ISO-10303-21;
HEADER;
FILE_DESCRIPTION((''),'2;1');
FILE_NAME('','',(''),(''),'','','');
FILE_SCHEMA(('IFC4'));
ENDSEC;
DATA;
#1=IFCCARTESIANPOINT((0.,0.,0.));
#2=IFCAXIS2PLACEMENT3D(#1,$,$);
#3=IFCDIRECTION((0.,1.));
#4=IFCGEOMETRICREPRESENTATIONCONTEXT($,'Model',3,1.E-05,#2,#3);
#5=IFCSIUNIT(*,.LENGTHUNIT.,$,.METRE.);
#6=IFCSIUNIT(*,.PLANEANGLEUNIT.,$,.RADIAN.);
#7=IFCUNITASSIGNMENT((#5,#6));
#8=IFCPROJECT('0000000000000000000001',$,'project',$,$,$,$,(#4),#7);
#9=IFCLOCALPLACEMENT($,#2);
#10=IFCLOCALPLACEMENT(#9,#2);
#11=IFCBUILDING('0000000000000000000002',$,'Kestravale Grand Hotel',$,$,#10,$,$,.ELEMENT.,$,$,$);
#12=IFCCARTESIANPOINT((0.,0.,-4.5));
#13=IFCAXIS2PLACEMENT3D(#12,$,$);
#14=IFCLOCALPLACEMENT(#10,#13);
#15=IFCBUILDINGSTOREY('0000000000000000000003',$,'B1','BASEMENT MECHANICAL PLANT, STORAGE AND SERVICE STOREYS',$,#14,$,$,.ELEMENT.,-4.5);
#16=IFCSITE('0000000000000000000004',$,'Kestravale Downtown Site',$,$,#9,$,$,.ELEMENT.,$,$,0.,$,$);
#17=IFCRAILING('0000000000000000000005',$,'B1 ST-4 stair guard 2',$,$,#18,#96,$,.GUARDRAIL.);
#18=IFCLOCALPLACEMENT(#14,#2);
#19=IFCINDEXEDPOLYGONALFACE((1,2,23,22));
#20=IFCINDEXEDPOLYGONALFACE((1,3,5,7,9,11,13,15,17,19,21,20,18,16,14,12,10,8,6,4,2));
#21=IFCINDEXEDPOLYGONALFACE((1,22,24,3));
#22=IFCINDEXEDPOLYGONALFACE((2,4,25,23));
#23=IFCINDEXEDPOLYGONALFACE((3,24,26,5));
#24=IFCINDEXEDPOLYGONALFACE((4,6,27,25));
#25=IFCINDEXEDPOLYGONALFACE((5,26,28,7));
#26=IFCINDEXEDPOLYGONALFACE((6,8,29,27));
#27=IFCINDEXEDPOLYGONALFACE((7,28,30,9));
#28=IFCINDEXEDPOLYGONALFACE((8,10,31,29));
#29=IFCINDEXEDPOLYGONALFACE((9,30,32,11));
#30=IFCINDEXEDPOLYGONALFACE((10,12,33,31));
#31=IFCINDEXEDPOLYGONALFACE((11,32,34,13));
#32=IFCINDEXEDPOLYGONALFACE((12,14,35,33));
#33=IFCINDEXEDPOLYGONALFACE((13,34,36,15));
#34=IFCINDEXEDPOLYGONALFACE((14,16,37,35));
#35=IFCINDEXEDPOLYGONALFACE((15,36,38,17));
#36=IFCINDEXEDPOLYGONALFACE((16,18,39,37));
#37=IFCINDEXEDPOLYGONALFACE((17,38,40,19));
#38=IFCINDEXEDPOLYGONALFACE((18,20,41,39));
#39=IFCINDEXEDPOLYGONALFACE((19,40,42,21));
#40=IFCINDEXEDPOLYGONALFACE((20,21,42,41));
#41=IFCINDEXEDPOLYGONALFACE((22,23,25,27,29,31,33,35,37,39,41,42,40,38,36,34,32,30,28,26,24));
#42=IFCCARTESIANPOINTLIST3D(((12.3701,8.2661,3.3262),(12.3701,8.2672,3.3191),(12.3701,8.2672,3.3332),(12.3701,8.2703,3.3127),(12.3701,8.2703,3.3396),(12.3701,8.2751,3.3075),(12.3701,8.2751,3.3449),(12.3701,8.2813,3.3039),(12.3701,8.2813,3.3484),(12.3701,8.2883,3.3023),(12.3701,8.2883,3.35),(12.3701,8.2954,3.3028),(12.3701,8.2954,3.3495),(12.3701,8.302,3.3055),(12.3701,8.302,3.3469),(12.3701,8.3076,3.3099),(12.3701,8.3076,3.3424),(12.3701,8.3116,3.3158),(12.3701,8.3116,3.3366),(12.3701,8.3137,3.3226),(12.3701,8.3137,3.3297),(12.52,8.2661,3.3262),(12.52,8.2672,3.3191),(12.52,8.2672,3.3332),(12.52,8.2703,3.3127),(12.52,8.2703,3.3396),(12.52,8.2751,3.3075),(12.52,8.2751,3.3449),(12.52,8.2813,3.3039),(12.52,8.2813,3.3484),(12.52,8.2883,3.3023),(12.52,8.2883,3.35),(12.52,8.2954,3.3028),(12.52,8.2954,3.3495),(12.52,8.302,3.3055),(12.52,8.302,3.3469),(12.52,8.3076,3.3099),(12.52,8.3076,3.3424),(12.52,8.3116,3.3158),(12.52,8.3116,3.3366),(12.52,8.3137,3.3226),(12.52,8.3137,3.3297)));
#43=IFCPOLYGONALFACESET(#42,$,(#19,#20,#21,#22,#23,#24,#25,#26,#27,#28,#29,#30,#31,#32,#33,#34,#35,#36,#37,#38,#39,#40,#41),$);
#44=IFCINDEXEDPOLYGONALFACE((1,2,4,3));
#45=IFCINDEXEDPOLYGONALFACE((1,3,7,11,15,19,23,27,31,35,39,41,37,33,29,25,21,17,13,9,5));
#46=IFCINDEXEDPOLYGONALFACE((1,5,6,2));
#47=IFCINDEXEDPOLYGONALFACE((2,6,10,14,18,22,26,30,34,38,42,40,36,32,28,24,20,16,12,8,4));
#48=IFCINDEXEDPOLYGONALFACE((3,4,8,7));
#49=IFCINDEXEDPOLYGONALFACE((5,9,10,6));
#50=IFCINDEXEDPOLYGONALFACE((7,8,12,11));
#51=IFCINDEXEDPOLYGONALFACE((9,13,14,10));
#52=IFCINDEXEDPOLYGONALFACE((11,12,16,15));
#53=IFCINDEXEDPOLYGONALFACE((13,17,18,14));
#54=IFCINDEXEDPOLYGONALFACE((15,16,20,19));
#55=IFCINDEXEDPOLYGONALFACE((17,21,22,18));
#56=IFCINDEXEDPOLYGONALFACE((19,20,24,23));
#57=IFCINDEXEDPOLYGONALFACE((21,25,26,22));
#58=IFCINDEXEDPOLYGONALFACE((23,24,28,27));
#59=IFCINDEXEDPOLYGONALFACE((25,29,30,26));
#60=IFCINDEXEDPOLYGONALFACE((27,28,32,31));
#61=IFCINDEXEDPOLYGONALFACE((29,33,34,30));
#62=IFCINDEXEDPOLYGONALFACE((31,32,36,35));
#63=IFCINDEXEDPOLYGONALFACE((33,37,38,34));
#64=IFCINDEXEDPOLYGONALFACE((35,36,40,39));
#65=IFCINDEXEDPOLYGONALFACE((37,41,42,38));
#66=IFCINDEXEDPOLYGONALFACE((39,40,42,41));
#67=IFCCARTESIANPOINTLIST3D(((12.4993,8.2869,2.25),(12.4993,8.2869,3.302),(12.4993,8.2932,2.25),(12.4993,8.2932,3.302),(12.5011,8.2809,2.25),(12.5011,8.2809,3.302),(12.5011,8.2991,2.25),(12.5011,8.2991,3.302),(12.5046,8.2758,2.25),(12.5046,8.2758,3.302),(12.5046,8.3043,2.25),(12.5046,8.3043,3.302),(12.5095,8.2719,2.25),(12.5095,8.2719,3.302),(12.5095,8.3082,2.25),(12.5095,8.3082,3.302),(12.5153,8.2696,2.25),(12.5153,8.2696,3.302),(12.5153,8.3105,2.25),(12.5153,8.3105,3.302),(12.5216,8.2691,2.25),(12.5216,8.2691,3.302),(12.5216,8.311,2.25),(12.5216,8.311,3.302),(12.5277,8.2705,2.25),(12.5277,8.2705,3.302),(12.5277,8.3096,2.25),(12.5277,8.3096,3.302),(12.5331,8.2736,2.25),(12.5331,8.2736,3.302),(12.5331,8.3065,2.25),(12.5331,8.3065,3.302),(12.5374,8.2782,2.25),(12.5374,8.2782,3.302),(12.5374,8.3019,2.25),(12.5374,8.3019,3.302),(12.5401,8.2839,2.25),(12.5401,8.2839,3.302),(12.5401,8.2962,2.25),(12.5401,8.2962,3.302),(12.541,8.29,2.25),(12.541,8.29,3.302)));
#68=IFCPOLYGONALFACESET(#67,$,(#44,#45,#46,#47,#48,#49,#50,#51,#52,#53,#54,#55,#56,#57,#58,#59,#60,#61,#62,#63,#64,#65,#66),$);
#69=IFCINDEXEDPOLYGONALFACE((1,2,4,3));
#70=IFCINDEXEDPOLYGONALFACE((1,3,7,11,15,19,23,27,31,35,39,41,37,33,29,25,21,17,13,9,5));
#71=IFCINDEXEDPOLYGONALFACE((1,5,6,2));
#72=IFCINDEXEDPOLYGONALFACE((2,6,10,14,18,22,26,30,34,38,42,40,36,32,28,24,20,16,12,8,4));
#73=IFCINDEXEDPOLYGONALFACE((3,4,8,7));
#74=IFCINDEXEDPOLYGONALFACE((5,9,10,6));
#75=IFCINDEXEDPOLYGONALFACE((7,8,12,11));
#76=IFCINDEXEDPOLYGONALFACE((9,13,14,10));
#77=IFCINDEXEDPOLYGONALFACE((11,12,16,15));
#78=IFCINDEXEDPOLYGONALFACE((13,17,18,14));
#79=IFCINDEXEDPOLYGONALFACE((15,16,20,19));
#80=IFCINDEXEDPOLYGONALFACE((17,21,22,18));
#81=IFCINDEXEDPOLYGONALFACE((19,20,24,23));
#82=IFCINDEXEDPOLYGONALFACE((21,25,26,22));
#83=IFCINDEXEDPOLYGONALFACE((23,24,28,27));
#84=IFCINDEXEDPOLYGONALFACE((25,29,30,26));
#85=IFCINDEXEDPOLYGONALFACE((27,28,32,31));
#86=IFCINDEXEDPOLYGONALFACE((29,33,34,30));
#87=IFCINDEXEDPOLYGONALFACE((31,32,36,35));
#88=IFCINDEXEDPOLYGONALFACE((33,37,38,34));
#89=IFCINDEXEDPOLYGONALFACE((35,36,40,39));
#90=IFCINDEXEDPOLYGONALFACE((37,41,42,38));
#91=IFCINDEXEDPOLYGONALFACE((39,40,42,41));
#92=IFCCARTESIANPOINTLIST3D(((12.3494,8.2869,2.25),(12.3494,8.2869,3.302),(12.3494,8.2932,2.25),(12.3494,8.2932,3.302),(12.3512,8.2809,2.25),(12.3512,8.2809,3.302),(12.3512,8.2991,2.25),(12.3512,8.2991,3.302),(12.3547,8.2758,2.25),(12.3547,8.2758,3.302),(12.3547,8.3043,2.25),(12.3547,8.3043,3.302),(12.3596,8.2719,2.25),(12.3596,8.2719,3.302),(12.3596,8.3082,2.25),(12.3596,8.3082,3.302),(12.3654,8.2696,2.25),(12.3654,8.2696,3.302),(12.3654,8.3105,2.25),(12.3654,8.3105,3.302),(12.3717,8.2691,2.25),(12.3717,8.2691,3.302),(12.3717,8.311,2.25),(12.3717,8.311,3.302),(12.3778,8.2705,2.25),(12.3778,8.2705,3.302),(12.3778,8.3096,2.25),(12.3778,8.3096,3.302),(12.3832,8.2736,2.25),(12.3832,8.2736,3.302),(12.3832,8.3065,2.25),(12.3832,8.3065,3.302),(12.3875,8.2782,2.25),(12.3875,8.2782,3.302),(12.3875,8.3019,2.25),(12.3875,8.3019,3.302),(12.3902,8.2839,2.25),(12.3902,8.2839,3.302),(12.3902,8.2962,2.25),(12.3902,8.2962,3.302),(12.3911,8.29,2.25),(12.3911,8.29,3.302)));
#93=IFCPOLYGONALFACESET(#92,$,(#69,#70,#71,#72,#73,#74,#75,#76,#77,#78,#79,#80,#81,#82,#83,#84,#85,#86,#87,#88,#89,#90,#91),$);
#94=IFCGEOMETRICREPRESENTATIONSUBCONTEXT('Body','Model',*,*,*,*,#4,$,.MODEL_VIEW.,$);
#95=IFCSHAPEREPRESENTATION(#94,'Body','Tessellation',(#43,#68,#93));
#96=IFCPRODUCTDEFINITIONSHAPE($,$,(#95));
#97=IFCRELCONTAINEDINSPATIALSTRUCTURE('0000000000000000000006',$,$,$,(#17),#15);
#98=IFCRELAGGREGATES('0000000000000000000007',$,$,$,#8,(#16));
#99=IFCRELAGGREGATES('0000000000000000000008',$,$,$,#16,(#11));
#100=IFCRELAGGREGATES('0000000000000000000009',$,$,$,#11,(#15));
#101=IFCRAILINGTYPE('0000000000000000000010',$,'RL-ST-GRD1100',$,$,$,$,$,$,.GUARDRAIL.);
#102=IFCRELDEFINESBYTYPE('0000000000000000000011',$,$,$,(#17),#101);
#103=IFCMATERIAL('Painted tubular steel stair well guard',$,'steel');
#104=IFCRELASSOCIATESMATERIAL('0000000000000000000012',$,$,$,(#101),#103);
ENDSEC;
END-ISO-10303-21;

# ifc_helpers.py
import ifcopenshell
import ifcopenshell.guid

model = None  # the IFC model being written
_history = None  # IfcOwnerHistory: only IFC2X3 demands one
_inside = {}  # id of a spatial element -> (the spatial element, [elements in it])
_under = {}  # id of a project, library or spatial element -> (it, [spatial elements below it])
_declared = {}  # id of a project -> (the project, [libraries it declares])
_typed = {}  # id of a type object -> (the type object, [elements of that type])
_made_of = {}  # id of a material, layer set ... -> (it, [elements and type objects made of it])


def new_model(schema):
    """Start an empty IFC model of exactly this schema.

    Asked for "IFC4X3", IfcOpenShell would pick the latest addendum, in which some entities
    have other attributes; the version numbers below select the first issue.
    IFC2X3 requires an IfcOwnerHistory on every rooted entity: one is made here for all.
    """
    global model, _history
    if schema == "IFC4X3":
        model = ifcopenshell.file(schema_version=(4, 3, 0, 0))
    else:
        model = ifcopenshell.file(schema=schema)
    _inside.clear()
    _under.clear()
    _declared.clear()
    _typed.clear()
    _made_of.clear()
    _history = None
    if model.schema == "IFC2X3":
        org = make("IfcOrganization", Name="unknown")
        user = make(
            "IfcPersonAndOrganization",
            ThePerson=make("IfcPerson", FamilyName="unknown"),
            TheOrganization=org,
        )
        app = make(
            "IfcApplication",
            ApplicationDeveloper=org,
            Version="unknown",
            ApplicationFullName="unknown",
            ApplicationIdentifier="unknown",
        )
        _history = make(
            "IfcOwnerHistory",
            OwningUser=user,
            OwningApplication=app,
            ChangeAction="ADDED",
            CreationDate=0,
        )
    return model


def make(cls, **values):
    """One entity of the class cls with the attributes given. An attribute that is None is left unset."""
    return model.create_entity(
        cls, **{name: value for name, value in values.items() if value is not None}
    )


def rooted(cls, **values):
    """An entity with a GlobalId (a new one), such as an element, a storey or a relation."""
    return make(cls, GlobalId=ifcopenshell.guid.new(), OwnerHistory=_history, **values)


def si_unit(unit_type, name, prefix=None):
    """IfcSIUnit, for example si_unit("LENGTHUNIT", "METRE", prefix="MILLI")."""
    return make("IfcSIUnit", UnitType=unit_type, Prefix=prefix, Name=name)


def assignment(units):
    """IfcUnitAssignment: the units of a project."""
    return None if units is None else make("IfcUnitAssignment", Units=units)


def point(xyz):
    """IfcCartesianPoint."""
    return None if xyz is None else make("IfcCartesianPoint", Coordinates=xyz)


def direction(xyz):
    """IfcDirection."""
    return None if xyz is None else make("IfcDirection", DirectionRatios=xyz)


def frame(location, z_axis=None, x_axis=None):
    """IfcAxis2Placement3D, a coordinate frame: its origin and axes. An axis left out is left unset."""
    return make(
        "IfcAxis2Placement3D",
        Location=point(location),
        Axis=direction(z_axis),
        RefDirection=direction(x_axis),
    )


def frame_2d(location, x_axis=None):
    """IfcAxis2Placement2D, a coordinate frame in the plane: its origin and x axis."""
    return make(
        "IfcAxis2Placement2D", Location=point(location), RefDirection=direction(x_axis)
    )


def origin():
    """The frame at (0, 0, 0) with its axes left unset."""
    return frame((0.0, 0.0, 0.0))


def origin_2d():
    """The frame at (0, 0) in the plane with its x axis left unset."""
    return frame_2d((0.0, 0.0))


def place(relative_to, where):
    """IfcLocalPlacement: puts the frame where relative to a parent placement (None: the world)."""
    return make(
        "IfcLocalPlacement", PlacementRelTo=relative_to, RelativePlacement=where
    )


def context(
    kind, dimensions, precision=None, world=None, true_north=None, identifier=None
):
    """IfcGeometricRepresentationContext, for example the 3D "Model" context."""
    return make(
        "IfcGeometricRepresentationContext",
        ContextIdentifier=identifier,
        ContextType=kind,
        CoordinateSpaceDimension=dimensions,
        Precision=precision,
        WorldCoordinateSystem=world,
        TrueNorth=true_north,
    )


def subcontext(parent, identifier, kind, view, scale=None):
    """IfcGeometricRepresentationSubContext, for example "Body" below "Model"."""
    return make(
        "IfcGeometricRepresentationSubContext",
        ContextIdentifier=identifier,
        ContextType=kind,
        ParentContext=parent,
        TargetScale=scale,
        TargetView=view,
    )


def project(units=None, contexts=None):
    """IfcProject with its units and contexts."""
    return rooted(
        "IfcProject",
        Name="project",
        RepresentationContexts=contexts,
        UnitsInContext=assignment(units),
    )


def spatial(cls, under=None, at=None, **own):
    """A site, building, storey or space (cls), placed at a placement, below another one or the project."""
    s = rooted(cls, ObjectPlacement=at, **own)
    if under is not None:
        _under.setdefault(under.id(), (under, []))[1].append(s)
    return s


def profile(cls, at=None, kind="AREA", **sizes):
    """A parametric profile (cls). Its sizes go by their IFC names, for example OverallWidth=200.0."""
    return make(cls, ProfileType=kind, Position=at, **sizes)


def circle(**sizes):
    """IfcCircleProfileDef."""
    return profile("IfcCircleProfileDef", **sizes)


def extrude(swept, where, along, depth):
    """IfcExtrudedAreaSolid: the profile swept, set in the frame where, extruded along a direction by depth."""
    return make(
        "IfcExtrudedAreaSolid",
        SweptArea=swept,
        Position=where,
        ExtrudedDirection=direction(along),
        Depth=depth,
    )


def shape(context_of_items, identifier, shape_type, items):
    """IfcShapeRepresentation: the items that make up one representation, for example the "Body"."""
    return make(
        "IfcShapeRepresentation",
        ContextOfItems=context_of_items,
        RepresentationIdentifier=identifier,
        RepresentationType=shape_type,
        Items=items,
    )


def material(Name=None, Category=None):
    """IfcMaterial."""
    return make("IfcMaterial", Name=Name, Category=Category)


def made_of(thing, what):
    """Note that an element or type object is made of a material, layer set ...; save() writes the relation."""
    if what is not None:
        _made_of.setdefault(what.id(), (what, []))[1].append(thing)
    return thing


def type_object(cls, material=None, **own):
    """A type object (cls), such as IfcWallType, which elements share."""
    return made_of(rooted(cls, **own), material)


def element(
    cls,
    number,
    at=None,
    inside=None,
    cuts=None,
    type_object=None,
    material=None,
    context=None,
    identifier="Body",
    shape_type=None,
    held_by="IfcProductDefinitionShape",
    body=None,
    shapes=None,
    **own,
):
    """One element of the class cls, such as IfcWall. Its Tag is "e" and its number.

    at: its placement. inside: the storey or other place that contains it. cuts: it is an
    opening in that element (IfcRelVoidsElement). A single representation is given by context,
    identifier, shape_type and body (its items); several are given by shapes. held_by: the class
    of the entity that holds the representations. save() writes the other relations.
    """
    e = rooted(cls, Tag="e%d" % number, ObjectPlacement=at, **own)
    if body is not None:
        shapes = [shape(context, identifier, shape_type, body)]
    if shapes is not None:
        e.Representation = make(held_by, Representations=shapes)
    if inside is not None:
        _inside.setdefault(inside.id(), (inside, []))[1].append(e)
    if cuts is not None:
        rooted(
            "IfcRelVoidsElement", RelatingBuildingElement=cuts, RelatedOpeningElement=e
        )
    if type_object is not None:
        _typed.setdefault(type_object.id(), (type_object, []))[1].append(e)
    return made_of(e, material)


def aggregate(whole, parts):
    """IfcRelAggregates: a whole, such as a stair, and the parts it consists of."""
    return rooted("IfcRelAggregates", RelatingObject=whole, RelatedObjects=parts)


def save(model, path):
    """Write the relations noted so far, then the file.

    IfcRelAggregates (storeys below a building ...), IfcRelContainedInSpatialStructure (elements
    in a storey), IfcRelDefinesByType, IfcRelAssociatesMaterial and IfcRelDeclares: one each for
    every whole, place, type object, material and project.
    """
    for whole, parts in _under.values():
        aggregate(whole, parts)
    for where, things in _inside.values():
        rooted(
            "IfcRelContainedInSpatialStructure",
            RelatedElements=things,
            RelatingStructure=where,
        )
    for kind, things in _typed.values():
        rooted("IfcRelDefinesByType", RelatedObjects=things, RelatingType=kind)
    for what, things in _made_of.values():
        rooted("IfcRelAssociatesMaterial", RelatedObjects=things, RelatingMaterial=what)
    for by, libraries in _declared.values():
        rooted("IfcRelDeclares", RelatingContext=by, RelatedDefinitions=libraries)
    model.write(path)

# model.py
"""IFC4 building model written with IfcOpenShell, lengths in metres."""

from ifc_helpers import new_model, si_unit, direction, frame, origin, origin_2d, place, context, subcontext, project, spatial, circle, extrude, material, type_object, element, save


model = new_model("IFC4")

# Units and contexts
model_context = context("Model", 3, precision=1e-05, world=origin(), true_north=direction((0.0, 1.0)))
body_context = subcontext(model_context, "Body", "Model", "MODEL_VIEW")
ifc_project = project(units=[si_unit("LENGTHUNIT", "METRE"), si_unit("PLANEANGLEUNIT", "RADIAN")], contexts=[model_context])

# Site, building, storey
site_placement = place(None, origin())
site = spatial("IfcSite", under=ifc_project, at=site_placement, Name="Kestravale Downtown Site", CompositionType="ELEMENT", RefElevation=0.0)
building_placement = place(site_placement, origin())
building = spatial("IfcBuilding", under=site, at=building_placement, Name="Kestravale Grand Hotel", CompositionType="ELEMENT")
storey_placement = place(building_placement, frame((0.0, 0.0, -4.5)))
storey = spatial("IfcBuildingStorey", under=building, at=storey_placement, Name="B1", Description="BASEMENT MECHANICAL PLANT, STORAGE AND SERVICE STOREYS", CompositionType="ELEMENT", Elevation=-4.5)

# Railing
ifc_material_1 = material(Name="Painted tubular steel stair well guard", Category="steel")
railing_type_1 = type_object("IfcRailingType", Name="RL-ST-GRD1100", PredefinedType="GUARDRAIL", material=ifc_material_1)
railing_1_placement = place(storey_placement, frame((12.52, 8.29, 2.25)))
element("IfcRailing", 1, at=railing_1_placement, inside=storey, type_object=railing_type_1, Name="B1 ST-4 stair guard 2", PredefinedType="GUARDRAIL", context=body_context, shape_type="SweptSolid", body=[
    extrude(circle(Radius=0.0239, at=origin_2d()), frame((0.0, 0.0, 1.0762), z_axis=(-1.0, 0.0, 0.0), x_axis=(0.0, -1.0, 0.0)), (0.0, 0.0, 1.0), 0.1499),
    extrude(circle(Radius=0.021, at=origin_2d()), origin(), (0.0, 0.0, 1.0), 1.052),
    extrude(circle(Radius=0.021, at=origin_2d()), frame((-0.1499, 0.0, 0.0)), (0.0, 0.0, 1.0), 1.052),
])

save(model, "model.ifc")
